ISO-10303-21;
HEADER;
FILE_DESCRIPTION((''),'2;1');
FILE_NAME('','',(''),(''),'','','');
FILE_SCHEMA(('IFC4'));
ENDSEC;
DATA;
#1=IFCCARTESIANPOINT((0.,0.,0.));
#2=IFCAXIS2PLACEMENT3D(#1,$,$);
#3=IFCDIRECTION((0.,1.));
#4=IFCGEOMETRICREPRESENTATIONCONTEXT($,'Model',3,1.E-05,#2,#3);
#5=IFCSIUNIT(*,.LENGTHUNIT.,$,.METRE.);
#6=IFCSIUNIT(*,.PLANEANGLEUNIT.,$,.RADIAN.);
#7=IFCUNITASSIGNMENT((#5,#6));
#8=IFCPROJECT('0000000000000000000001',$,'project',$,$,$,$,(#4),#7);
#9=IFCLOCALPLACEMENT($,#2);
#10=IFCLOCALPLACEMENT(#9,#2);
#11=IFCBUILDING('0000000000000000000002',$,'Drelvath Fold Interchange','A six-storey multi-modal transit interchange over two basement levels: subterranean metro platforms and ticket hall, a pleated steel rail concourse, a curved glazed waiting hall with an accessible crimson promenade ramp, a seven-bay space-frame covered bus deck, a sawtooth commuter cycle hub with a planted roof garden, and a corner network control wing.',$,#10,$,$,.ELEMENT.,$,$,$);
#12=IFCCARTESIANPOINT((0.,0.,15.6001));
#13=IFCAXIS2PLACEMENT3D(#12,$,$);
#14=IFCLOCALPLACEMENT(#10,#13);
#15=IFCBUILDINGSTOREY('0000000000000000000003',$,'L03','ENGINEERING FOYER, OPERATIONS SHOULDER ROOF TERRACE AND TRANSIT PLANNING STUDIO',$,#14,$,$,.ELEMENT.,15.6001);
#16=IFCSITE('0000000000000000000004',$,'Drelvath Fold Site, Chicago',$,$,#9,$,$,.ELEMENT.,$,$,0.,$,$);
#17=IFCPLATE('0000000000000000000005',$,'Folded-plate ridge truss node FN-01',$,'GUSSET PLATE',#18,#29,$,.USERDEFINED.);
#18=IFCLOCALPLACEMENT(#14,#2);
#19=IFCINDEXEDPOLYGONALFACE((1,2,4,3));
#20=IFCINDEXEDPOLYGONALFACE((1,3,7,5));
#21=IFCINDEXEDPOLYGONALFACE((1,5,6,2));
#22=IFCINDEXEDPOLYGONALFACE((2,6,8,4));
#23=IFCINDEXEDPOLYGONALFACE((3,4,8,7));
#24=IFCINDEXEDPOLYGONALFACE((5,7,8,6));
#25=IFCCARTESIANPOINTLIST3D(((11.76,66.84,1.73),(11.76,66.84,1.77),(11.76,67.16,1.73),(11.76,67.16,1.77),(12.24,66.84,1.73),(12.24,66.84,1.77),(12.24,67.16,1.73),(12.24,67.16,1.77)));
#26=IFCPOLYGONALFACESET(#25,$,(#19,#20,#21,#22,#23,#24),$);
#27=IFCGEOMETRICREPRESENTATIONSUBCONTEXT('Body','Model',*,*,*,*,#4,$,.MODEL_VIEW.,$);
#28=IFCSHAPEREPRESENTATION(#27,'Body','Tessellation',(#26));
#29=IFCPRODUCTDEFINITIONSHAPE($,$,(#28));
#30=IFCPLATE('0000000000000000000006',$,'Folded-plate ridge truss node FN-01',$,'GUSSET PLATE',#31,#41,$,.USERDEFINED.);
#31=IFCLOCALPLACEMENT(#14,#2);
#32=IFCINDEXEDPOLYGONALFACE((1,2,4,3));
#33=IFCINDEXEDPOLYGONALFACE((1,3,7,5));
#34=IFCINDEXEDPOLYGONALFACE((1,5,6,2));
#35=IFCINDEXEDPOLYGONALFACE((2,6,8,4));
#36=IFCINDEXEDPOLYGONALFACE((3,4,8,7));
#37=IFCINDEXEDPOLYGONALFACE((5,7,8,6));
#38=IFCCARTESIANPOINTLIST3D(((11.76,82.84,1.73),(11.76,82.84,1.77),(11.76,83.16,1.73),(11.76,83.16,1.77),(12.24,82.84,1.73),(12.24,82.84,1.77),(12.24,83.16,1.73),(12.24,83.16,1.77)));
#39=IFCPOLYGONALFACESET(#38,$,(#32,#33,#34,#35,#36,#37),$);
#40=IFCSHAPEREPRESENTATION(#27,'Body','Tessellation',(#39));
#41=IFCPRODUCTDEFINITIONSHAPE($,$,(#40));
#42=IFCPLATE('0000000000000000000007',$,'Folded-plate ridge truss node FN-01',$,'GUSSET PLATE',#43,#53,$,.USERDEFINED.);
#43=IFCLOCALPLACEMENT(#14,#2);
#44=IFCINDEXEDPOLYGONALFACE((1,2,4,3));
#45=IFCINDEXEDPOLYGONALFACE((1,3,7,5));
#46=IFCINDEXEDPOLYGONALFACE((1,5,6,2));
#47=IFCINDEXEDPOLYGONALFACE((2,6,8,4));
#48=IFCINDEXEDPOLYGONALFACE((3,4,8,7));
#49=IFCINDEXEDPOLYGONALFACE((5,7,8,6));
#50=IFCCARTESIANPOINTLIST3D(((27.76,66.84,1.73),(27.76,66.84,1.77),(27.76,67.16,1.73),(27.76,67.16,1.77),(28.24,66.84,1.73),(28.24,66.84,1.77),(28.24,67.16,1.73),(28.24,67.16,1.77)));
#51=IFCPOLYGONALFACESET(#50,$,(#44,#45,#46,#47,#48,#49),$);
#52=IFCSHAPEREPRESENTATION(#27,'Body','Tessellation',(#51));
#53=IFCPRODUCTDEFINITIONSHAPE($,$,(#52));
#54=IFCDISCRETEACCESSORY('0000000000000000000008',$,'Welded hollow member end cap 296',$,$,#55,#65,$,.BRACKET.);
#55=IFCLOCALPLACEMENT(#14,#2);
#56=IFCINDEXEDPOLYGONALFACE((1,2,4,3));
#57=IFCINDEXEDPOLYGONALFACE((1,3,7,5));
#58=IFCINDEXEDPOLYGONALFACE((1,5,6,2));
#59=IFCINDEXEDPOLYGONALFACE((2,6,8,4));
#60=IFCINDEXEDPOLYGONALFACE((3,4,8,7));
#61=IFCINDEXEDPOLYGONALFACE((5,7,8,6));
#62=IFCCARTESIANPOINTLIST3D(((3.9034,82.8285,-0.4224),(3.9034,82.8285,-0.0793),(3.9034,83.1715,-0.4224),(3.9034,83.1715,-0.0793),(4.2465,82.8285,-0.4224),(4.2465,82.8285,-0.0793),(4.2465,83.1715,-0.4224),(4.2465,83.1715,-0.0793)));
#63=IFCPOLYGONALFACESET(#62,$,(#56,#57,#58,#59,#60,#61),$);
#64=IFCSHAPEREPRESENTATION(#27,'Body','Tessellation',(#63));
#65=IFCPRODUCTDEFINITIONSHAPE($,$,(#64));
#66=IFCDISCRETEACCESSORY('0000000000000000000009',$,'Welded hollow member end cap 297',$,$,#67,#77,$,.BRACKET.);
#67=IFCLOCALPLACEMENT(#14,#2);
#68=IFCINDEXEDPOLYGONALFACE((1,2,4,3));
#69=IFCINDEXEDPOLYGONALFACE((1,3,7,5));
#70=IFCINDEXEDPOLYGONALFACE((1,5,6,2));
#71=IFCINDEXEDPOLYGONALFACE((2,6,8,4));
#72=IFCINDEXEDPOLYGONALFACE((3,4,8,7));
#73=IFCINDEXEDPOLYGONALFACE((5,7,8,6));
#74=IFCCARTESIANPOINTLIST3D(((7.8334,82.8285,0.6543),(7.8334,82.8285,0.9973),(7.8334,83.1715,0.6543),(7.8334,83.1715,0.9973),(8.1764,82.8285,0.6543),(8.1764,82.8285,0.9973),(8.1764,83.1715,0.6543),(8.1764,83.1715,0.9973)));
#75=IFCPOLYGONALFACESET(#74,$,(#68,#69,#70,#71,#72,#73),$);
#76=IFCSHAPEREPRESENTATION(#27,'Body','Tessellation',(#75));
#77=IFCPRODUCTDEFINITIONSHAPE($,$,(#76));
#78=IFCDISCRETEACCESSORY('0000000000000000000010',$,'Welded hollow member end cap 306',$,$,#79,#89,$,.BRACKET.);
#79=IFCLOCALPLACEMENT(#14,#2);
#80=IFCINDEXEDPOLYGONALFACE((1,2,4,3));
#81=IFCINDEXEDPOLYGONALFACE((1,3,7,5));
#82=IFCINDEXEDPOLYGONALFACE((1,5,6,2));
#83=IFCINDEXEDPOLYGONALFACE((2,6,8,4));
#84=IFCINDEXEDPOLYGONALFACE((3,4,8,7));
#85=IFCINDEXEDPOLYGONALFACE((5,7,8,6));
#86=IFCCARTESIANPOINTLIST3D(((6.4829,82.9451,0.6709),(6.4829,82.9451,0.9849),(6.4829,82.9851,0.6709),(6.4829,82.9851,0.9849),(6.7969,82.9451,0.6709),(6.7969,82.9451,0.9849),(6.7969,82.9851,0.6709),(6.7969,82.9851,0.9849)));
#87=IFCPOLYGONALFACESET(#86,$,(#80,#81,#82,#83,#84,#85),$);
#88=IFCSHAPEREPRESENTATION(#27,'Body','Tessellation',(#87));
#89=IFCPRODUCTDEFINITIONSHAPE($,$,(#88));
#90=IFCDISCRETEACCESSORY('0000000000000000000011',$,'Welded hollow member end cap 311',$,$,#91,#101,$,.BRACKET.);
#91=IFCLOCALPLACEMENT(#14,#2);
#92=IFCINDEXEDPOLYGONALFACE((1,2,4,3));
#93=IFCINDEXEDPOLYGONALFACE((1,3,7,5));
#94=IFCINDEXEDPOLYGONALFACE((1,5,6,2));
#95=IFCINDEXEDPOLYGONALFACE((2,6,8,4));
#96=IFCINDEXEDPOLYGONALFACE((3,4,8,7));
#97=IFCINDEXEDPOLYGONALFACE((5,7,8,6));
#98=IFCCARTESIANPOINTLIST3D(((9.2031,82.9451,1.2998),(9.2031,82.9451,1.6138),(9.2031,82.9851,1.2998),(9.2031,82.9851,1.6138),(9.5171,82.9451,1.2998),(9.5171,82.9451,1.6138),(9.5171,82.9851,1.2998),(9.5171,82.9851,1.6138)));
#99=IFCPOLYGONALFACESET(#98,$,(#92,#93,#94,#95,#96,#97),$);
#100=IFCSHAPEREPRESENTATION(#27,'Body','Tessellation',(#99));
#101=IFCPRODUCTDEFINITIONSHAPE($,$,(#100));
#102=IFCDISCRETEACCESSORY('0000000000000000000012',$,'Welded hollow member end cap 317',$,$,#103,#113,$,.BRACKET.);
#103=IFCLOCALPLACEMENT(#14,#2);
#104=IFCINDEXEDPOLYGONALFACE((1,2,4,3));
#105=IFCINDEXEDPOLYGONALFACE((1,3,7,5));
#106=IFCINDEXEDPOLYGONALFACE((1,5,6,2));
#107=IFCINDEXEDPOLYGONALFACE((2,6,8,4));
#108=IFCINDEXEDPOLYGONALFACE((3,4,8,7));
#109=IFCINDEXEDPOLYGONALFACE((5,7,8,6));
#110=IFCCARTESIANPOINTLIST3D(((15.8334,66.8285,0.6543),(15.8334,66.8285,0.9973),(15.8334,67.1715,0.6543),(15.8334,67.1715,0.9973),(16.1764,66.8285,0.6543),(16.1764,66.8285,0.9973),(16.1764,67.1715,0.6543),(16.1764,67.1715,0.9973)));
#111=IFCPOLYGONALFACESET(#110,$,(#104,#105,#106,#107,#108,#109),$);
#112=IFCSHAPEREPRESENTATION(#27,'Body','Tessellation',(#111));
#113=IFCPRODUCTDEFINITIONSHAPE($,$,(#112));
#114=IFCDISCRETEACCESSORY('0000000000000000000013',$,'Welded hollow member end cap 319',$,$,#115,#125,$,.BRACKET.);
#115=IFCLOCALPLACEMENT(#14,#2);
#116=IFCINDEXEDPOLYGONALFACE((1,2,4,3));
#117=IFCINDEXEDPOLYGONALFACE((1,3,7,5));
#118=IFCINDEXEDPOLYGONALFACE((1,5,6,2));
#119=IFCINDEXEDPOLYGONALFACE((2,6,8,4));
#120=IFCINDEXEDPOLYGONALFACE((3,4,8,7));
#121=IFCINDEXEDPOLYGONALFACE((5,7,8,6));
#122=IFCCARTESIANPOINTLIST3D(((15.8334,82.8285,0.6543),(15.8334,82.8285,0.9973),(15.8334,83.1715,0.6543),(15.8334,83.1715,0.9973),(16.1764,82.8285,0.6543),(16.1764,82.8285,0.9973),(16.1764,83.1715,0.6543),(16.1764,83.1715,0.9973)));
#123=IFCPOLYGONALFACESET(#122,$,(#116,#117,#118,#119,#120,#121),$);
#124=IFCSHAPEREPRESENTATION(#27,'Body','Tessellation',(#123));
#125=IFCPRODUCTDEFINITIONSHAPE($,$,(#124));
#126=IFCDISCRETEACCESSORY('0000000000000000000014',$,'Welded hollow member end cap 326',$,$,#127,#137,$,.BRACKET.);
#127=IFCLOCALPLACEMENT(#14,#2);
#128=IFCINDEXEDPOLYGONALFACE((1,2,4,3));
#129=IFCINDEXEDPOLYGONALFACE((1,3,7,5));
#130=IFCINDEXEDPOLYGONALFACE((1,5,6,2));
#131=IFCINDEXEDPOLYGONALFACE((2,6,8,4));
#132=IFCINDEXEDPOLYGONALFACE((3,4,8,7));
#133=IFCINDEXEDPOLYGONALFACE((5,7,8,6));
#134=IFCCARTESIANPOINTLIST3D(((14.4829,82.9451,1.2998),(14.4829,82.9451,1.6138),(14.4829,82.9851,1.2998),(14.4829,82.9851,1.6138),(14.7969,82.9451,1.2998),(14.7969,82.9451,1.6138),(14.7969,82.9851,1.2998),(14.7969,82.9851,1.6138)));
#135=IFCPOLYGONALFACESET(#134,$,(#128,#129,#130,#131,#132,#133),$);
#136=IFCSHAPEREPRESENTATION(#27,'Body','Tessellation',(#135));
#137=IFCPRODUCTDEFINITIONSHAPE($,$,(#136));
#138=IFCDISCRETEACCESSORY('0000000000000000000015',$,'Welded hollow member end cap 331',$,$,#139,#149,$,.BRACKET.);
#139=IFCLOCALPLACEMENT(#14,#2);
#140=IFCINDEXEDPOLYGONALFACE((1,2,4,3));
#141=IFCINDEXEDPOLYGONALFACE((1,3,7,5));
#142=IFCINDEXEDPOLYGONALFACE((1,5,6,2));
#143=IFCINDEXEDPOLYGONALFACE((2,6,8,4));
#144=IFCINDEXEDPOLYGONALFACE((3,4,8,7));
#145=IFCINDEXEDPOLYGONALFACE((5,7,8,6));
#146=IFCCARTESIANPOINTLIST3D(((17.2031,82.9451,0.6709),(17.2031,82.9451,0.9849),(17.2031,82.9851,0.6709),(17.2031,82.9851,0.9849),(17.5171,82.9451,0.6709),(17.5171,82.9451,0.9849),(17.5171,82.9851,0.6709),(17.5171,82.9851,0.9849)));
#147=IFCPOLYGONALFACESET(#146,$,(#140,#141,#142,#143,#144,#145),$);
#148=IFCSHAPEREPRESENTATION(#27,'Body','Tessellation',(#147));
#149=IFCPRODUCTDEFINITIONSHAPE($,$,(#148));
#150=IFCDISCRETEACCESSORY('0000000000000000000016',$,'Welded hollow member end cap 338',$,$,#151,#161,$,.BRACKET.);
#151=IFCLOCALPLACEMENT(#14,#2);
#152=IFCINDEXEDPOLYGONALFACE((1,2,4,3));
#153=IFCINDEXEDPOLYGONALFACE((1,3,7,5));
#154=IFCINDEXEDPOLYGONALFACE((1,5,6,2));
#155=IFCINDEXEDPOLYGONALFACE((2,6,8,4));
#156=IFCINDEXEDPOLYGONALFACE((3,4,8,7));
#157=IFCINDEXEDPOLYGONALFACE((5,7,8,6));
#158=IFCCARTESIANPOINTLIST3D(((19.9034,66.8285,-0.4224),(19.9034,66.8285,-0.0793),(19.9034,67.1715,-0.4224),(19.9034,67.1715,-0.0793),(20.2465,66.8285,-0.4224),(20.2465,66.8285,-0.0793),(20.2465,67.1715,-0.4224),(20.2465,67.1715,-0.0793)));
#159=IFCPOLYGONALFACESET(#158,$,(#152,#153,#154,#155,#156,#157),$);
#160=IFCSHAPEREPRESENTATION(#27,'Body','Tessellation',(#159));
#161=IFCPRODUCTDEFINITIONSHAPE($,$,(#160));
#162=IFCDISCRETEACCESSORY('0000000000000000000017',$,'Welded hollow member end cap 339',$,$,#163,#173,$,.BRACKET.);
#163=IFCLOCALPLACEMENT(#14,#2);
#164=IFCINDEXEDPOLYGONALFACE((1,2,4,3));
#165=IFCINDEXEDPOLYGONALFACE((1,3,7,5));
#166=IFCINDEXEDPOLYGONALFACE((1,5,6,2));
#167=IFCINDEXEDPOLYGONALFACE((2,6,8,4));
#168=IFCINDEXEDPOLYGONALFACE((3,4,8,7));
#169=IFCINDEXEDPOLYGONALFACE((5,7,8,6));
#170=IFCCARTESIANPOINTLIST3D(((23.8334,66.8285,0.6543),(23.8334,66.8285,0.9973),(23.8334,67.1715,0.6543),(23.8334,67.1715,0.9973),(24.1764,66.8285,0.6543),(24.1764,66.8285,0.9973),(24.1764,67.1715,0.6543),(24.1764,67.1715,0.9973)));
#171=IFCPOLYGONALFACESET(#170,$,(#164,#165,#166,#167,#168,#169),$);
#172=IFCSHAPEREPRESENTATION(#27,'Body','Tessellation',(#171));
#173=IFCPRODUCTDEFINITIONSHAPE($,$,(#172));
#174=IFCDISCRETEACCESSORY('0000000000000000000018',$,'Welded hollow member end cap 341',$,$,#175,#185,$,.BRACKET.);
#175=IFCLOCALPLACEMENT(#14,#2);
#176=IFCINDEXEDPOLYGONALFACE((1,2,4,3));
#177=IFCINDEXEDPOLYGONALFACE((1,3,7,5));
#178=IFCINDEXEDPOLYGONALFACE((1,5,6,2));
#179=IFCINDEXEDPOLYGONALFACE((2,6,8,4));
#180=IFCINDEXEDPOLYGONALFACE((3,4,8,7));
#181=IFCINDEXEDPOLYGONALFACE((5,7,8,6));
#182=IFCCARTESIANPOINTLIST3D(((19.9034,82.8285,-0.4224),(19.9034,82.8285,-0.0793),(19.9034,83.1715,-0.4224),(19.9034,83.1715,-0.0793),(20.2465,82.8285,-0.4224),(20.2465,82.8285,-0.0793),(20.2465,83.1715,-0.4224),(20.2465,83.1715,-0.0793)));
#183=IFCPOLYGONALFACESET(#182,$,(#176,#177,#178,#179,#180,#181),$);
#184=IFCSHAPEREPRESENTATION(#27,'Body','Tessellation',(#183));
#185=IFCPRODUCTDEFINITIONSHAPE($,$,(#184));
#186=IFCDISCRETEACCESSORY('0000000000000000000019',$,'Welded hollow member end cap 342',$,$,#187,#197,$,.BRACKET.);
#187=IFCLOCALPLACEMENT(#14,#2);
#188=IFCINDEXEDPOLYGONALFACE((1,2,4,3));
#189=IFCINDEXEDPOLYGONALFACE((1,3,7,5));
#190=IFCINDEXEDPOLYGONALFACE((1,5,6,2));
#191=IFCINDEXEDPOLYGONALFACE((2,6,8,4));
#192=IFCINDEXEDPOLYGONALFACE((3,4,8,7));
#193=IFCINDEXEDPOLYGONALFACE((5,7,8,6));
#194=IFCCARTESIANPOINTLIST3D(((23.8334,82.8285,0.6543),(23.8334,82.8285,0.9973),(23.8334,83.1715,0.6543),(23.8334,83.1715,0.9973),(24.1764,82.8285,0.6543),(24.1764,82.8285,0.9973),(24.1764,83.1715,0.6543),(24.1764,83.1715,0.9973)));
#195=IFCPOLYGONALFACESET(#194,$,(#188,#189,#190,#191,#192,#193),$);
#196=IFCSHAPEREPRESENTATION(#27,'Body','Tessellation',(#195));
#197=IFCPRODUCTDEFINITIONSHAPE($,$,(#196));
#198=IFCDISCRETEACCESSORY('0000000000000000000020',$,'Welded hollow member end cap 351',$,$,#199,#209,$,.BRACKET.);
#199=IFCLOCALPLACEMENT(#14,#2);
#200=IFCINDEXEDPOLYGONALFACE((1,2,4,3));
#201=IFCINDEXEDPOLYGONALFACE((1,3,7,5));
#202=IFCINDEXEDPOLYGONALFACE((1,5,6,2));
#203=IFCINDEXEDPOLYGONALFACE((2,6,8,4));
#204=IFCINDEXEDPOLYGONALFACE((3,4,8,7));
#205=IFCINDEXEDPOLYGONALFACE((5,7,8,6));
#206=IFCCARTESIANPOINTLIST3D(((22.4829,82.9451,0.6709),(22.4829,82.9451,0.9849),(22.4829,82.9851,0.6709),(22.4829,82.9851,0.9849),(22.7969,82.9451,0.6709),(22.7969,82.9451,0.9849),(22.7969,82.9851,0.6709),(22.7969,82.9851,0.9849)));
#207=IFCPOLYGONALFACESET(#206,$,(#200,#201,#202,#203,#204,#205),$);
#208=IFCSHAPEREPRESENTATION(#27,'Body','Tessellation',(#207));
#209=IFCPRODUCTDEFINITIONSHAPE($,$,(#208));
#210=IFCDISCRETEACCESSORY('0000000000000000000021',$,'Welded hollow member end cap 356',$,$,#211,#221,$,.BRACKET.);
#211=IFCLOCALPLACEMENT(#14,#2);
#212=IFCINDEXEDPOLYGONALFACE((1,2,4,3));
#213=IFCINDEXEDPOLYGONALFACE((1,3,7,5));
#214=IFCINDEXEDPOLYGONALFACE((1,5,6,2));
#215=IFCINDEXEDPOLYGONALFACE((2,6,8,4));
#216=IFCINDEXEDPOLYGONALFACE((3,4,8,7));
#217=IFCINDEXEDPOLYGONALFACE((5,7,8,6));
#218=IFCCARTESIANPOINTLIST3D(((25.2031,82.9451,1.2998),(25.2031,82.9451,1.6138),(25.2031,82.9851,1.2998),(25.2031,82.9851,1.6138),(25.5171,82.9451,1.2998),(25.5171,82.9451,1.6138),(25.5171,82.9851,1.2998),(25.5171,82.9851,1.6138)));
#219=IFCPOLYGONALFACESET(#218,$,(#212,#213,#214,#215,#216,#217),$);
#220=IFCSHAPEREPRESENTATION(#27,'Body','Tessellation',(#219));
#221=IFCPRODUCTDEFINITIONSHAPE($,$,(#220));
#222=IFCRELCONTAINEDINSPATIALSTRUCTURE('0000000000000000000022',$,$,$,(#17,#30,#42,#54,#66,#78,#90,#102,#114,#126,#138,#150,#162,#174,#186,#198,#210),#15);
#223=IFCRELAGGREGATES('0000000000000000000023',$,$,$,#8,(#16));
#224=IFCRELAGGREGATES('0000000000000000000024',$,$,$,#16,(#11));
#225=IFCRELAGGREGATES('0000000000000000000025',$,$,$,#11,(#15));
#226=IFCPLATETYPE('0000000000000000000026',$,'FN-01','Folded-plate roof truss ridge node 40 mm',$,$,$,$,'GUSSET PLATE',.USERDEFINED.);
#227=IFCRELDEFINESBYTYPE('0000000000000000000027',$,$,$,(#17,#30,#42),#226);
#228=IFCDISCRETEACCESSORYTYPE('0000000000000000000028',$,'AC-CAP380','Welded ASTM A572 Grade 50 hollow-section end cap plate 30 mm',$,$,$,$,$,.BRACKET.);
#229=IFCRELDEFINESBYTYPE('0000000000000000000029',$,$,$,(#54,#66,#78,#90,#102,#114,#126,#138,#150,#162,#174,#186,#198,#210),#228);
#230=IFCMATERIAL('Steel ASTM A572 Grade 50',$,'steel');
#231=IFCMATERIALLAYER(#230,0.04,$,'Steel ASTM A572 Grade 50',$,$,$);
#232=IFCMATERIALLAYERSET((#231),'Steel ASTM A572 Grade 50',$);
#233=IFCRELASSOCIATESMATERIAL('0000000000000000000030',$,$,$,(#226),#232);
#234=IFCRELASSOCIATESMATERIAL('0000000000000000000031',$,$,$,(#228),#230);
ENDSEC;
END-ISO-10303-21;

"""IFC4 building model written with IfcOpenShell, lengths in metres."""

from ifc_helpers import new_model, si_unit, direction, frame, origin, origin_2d, place, context, subcontext, project, spatial, rectangle, extrude, material, layer, layer_set, type_object, element, save


model = new_model("IFC4")

# Units and contexts
model_context = context("Model", 3, precision=1e-05, world=origin(), true_north=direction((0.0, 1.0)))
body_context = subcontext(model_context, "Body", "Model", "MODEL_VIEW")
ifc_project = project(units=[si_unit("LENGTHUNIT", "METRE"), si_unit("PLANEANGLEUNIT", "RADIAN")], contexts=[model_context])

# Site, building, storey
site_placement = place(None, origin())
site = spatial("IfcSite", under=ifc_project, at=site_placement, Name="Drelvath Fold Site, Chicago", CompositionType="ELEMENT", RefElevation=0.0)
building_placement = place(site_placement, origin())
building = spatial("IfcBuilding", under=site, at=building_placement, Name="Drelvath Fold Interchange", Description="A six-storey multi-modal transit interchange over two basement levels: subterranean metro platforms and ticket hall, a pleated steel rail concourse, a curved glazed waiting hall with an accessible crimson promenade ramp, a seven-bay space-frame covered bus deck, a sawtooth commuter cycle hub with a planted roof garden, and a corner network control wing.", CompositionType="ELEMENT")
storey_placement = place(building_placement, frame((0.0, 0.0, 15.6001)))
storey = spatial("IfcBuildingStorey", under=building, at=storey_placement, Name="L03", Description="ENGINEERING FOYER, OPERATIONS SHOULDER ROOF TERRACE AND TRANSIT PLANNING STUDIO", CompositionType="ELEMENT", Elevation=15.6001)

# Plates
ifc_material_1 = material(Name="Steel ASTM A572 Grade 50", Category="steel")
ifc_layer = layer(ifc_material_1, 0.04, Name="Steel ASTM A572 Grade 50")
ifc_layer_set = layer_set([ifc_layer], Name="Steel ASTM A572 Grade 50")
plate_type = type_object("IfcPlateType", Name="FN-01", Description="Folded-plate roof truss ridge node 40 mm", ElementType="GUSSET PLATE", PredefinedType="USERDEFINED", material=ifc_layer_set)
for number, where, z_axis, x_axis, name in (
    (1, (12.0, 67.0, 1.73), (0.0, 0.0, 1.0), (1.0, 0.0, 0.0), "Folded-plate ridge truss node FN-01"),
    (2, (12.0, 83.0, 1.73), (0.0, 0.0, 1.0), (1.0, 0.0, 0.0), "Folded-plate ridge truss node FN-01"),
    (3, (28.0, 67.0, 1.73), (0.0, 0.0, 1.0), (1.0, 0.0, 0.0), "Folded-plate ridge truss node FN-01"),
):
    element("IfcPlate", number, at=place(storey_placement, frame(where, z_axis=z_axis, x_axis=x_axis)), inside=storey, type_object=plate_type, Name=name, ObjectType="GUSSET PLATE", PredefinedType="USERDEFINED", context=body_context, shape_type="SweptSolid", body=[
        extrude(rectangle(XDim=0.48, YDim=0.3201, at=origin_2d()), origin(), (0.0, 0.0, 1.0), 0.04),
    ])

# Discrete accessories
discrete_accessory_type = type_object("IfcDiscreteAccessoryType", Name="AC-CAP380", Description="Welded ASTM A572 Grade 50 hollow-section end cap plate 30 mm", PredefinedType="BRACKET", material=ifc_material_1)
for number, where, z_axis, x_axis, name in (
    (4, (4.075, 83.0, -0.4224), (0.0, 0.0, 1.0), (1.0, 0.0, 0.0), "Welded hollow member end cap 296"),
    (5, (8.0049, 83.0, 0.6543), (0.0, 0.0, 1.0), (1.0, 0.0, 0.0), "Welded hollow member end cap 297"),
):
    element("IfcDiscreteAccessory", number, at=place(storey_placement, frame(where, z_axis=z_axis, x_axis=x_axis)), inside=storey, type_object=discrete_accessory_type, Name=name, PredefinedType="BRACKET", context=body_context, shape_type="SweptSolid", body=[
        extrude(rectangle(XDim=0.343, YDim=0.343, at=origin_2d()), origin(), (0.0, 0.0, 1.0), 0.343),
    ])
for number, where, z_axis, x_axis, name in (
    (6, (6.6399, 82.9651, 0.6709), (0.0, 0.0, 1.0), (1.0, 0.0, 0.0), "Welded hollow member end cap 306"),
    (7, (9.3601, 82.9651, 1.2998), (0.0, 0.0, 1.0), (1.0, 0.0, 0.0), "Welded hollow member end cap 311"),
):
    element("IfcDiscreteAccessory", number, at=place(storey_placement, frame(where, z_axis=z_axis, x_axis=x_axis)), inside=storey, type_object=discrete_accessory_type, Name=name, PredefinedType="BRACKET", context=body_context, shape_type="SweptSolid", body=[
        extrude(rectangle(XDim=0.314, YDim=0.04, at=origin_2d()), origin(), (0.0, 0.0, 1.0), 0.314),
    ])
for number, where, z_axis, x_axis, name in (
    (8, (16.0049, 67.0, 0.6543), (0.0, 0.0, 1.0), (1.0, 0.0, 0.0), "Welded hollow member end cap 317"),
    (9, (16.0049, 83.0, 0.6543), (0.0, 0.0, 1.0), (1.0, 0.0, 0.0), "Welded hollow member end cap 319"),
):
    element("IfcDiscreteAccessory", number, at=place(storey_placement, frame(where, z_axis=z_axis, x_axis=x_axis)), inside=storey, type_object=discrete_accessory_type, Name=name, PredefinedType="BRACKET", context=body_context, shape_type="SweptSolid", body=[
        extrude(rectangle(XDim=0.343, YDim=0.343, at=origin_2d()), origin(), (0.0, 0.0, 1.0), 0.343),
    ])
for number, where, z_axis, x_axis, name in (
    (10, (14.6399, 82.9651, 1.2998), (0.0, 0.0, 1.0), (1.0, 0.0, 0.0), "Welded hollow member end cap 326"),
    (11, (17.3601, 82.9651, 0.6709), (0.0, 0.0, 1.0), (1.0, 0.0, 0.0), "Welded hollow member end cap 331"),
):
    element("IfcDiscreteAccessory", number, at=place(storey_placement, frame(where, z_axis=z_axis, x_axis=x_axis)), inside=storey, type_object=discrete_accessory_type, Name=name, PredefinedType="BRACKET", context=body_context, shape_type="SweptSolid", body=[
        extrude(rectangle(XDim=0.314, YDim=0.04, at=origin_2d()), origin(), (0.0, 0.0, 1.0), 0.314),
    ])
for number, where, z_axis, x_axis, name in (
    (12, (20.075, 67.0, -0.4224), (0.0, 0.0, 1.0), (1.0, 0.0, 0.0), "Welded hollow member end cap 338"),
    (13, (24.0049, 67.0, 0.6543), (0.0, 0.0, 1.0), (1.0, 0.0, 0.0), "Welded hollow member end cap 339"),
    (14, (20.075, 83.0, -0.4224), (0.0, 0.0, 1.0), (1.0, 0.0, 0.0), "Welded hollow member end cap 341"),
    (15, (24.0049, 83.0, 0.6543), (0.0, 0.0, 1.0), (1.0, 0.0, 0.0), "Welded hollow member end cap 342"),
):
    element("IfcDiscreteAccessory", number, at=place(storey_placement, frame(where, z_axis=z_axis, x_axis=x_axis)), inside=storey, type_object=discrete_accessory_type, Name=name, PredefinedType="BRACKET", context=body_context, shape_type="SweptSolid", body=[
        extrude(rectangle(XDim=0.343, YDim=0.343, at=origin_2d()), origin(), (0.0, 0.0, 1.0), 0.343),
    ])
for number, where, z_axis, x_axis, name in (
    (16, (22.6399, 82.9651, 0.6709), (0.0, 0.0, 1.0), (1.0, 0.0, 0.0), "Welded hollow member end cap 351"),
    (17, (25.3601, 82.9651, 1.2998), (0.0, 0.0, 1.0), (1.0, 0.0, 0.0), "Welded hollow member end cap 356"),
):
    element("IfcDiscreteAccessory", number, at=place(storey_placement, frame(where, z_axis=z_axis, x_axis=x_axis)), inside=storey, type_object=discrete_accessory_type, Name=name, PredefinedType="BRACKET", context=body_context, shape_type="SweptSolid", body=[
        extrude(rectangle(XDim=0.314, YDim=0.04, at=origin_2d()), origin(), (0.0, 0.0, 1.0), 0.314),
    ])

save(model, "model.ifc")
